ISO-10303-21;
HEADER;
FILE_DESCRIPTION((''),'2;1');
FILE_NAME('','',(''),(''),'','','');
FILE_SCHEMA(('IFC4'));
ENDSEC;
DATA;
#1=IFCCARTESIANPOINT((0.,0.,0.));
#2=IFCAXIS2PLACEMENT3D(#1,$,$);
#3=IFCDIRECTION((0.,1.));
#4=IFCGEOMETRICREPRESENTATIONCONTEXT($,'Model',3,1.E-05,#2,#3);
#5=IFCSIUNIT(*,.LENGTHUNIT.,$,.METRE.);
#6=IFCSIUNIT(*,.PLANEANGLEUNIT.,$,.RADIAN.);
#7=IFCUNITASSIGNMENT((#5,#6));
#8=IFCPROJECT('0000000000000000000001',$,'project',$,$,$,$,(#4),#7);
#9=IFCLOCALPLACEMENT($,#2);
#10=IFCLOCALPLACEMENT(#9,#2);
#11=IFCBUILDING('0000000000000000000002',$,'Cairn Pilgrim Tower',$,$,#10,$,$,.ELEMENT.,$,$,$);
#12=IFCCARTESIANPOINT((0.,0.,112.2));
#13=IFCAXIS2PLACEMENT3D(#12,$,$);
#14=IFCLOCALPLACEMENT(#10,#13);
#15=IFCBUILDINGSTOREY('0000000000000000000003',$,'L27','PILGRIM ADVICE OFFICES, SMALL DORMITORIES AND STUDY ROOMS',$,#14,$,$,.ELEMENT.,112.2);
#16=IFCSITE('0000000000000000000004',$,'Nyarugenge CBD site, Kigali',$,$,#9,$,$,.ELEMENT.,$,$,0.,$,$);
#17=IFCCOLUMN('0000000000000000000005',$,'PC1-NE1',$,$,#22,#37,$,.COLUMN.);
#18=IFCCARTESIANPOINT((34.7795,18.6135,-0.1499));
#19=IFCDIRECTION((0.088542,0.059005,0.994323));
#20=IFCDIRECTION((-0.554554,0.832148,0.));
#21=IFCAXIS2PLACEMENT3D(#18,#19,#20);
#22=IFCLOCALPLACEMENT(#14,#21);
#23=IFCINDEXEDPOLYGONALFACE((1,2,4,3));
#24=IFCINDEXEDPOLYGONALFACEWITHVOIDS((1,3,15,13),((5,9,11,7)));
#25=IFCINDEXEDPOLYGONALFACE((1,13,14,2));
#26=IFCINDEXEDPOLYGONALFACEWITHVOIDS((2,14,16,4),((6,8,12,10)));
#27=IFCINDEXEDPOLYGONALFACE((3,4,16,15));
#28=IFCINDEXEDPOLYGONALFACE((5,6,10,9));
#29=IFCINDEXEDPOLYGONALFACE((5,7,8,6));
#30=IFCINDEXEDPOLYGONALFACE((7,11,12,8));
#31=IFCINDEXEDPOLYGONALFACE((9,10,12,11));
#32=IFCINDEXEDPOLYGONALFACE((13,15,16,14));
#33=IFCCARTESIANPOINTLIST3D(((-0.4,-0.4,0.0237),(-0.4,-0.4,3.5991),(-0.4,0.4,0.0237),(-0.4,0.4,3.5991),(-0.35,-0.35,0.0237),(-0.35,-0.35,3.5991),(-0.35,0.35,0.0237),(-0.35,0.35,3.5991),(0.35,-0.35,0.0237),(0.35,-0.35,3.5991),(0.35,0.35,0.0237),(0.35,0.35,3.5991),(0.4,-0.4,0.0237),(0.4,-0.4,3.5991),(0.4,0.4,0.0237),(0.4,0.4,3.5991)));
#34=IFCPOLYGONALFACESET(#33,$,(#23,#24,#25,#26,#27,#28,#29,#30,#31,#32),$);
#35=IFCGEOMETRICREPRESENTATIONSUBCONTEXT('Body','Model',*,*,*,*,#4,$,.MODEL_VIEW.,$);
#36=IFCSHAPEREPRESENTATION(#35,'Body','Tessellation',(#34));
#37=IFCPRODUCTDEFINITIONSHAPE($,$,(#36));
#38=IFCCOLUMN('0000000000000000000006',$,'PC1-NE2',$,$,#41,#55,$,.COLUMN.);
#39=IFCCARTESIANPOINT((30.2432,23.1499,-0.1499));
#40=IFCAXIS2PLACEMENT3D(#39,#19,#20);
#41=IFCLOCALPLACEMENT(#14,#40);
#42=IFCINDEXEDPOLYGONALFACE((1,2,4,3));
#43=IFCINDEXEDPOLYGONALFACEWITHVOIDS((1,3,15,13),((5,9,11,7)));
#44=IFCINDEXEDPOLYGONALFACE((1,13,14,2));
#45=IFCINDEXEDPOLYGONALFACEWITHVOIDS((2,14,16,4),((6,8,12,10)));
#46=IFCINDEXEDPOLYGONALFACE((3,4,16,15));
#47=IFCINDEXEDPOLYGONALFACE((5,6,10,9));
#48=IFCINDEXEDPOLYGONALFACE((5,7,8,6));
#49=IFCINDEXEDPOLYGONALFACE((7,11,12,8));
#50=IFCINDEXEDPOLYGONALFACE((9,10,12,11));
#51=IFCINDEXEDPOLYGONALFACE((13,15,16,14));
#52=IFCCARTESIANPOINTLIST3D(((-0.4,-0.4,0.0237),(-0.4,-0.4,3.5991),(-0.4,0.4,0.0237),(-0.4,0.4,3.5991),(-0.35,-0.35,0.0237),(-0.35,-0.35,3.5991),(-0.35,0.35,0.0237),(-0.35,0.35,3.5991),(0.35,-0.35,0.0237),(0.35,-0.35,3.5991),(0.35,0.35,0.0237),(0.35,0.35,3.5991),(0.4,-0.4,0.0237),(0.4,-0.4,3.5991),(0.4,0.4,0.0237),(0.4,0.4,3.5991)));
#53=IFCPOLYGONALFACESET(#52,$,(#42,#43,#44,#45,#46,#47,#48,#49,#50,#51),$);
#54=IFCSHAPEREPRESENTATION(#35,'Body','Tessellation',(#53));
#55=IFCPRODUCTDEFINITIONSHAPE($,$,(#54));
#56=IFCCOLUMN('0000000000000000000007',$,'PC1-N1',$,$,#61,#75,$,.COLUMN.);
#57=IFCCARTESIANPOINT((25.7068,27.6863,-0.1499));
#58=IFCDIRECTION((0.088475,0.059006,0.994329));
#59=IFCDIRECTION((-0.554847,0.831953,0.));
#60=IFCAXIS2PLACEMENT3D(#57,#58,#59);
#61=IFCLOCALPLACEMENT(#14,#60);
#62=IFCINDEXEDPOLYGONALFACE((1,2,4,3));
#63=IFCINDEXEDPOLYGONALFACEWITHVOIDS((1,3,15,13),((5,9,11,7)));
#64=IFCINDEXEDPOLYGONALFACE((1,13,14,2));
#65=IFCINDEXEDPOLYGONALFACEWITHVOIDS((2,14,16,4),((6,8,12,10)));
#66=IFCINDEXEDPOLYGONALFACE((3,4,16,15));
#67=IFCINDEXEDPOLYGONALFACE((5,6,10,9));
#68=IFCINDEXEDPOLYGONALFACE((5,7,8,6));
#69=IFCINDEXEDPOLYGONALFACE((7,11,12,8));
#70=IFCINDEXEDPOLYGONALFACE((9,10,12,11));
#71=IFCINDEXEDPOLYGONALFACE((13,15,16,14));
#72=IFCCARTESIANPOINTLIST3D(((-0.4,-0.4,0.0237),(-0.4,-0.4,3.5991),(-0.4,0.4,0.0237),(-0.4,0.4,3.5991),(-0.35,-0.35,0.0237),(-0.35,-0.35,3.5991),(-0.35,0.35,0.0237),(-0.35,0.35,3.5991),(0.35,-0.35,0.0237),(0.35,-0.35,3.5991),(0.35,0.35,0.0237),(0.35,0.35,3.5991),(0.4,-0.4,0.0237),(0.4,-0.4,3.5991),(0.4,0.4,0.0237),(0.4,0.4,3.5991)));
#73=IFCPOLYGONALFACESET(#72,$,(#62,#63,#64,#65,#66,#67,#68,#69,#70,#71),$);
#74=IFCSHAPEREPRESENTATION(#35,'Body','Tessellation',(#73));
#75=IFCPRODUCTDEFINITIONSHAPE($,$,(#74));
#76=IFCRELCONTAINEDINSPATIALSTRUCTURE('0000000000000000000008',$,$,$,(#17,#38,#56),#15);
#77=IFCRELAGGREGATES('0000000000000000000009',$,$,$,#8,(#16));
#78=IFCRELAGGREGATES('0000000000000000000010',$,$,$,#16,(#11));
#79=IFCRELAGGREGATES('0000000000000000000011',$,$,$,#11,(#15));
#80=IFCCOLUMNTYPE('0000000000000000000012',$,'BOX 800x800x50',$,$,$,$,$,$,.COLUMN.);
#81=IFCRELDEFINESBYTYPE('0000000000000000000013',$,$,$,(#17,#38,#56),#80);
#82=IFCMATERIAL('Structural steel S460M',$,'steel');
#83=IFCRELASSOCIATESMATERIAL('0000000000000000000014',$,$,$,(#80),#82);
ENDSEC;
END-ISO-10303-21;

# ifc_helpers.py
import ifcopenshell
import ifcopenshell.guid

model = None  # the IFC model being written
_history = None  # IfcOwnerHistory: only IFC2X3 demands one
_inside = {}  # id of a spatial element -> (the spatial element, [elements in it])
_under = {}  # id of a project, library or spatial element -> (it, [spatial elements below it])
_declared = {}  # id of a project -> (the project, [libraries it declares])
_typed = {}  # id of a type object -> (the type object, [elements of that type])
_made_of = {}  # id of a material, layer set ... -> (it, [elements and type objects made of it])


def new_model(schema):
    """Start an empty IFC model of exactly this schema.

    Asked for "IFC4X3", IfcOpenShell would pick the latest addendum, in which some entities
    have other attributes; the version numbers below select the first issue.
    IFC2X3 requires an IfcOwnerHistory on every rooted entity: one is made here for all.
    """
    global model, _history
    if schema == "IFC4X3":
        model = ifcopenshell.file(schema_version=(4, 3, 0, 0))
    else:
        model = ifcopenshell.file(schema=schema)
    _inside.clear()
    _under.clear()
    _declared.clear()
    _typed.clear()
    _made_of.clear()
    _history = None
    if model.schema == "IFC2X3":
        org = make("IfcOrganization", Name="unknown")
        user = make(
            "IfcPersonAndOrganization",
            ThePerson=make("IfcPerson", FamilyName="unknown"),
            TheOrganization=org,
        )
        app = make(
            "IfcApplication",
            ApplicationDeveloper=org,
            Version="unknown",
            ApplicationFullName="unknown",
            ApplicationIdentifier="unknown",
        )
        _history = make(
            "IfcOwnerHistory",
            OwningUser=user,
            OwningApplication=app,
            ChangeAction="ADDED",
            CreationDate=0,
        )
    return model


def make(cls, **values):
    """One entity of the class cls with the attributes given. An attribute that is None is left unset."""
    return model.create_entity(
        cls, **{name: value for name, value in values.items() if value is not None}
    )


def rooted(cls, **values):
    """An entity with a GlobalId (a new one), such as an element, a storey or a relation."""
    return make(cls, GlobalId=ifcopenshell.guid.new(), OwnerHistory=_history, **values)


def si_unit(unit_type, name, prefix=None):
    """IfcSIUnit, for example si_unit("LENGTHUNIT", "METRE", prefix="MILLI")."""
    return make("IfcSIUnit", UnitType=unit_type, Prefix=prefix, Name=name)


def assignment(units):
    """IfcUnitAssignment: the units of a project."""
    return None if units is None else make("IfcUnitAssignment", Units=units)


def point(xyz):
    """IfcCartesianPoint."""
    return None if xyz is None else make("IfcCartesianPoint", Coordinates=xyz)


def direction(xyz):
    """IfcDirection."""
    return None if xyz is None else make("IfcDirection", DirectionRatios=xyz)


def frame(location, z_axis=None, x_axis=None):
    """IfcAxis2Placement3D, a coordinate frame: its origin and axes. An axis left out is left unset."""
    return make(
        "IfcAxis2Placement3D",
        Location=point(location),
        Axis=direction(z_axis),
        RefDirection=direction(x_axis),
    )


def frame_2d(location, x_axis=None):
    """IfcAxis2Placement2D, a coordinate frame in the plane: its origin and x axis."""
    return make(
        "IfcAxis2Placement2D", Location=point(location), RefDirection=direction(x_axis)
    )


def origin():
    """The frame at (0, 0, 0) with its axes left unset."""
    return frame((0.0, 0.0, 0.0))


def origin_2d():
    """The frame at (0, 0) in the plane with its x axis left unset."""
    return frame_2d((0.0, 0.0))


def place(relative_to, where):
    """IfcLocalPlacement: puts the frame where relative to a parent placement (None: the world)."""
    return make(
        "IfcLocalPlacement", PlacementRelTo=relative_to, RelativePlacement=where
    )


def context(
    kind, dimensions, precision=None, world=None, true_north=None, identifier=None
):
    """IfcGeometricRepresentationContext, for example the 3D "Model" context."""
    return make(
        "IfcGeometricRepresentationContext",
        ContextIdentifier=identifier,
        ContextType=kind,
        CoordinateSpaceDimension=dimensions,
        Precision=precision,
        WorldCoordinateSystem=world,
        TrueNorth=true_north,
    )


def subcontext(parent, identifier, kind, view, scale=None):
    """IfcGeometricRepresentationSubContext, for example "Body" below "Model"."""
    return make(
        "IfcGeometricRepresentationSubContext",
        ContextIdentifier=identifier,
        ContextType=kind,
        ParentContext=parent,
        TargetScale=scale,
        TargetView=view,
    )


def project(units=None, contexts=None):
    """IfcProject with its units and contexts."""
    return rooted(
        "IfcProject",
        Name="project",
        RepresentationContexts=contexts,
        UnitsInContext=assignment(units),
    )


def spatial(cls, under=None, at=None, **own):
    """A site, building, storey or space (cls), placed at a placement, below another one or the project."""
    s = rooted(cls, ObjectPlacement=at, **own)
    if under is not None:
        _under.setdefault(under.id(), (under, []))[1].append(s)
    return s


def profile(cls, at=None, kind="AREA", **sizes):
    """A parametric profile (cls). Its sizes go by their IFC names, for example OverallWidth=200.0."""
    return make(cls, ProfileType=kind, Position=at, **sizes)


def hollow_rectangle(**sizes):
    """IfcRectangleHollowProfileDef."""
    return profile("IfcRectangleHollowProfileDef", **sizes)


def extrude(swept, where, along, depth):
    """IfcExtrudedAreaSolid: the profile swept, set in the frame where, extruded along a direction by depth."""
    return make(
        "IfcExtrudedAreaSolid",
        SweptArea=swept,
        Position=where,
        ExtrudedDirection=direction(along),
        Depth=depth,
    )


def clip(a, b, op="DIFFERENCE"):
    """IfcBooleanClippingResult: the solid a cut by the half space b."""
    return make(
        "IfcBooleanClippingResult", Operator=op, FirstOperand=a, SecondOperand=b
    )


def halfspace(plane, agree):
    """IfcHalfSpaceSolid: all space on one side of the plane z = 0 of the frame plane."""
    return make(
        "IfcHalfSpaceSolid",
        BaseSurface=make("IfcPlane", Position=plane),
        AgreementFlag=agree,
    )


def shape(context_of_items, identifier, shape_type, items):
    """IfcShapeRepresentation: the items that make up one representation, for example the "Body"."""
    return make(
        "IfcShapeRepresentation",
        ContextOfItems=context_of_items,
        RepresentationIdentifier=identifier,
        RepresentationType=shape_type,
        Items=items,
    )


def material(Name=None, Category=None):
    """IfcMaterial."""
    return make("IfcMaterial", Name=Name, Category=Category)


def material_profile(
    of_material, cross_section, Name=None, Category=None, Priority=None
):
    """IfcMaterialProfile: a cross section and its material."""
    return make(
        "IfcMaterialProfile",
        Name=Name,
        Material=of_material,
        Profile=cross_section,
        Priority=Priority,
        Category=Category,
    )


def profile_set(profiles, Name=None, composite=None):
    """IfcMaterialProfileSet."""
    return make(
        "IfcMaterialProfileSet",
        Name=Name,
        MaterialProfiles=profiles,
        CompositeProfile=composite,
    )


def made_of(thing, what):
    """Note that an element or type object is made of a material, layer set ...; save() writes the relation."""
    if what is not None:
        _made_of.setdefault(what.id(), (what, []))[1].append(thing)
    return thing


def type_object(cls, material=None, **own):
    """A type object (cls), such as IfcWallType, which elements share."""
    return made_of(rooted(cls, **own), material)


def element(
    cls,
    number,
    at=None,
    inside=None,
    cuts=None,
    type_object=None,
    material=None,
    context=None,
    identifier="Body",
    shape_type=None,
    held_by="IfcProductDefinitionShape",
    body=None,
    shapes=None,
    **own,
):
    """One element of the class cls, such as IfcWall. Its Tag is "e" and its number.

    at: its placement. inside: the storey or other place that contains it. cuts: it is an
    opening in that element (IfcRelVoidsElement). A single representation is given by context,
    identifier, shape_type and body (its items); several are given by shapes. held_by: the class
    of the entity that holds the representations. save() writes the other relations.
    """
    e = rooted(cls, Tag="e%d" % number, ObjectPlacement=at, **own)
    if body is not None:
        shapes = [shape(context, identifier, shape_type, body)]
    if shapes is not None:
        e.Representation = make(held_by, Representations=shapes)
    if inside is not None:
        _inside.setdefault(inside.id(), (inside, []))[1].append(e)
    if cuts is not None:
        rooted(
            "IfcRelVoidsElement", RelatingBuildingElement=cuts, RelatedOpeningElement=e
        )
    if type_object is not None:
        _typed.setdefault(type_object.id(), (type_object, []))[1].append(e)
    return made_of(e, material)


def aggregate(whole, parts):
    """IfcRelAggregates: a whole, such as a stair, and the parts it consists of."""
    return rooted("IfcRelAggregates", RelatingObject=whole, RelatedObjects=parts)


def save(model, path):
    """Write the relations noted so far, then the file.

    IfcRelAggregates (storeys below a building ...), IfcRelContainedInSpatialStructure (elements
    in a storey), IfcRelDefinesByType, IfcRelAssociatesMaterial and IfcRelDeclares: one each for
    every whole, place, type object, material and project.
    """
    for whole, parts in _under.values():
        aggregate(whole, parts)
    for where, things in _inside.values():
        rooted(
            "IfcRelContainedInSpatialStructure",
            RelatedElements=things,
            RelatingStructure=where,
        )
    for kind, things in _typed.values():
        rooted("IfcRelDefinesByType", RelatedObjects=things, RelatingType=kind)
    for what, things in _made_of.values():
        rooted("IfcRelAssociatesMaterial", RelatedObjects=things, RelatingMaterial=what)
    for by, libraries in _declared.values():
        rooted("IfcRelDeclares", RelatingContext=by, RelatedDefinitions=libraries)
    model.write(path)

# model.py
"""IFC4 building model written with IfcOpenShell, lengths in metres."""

from ifc_helpers import new_model, si_unit, direction, frame, origin, origin_2d, place, context, subcontext, project, spatial, hollow_rectangle, extrude, clip, halfspace, material, material_profile, profile_set, type_object, element, save


model = new_model("IFC4")

# Units and contexts
model_context = context("Model", 3, precision=1e-05, world=origin(), true_north=direction((0.0, 1.0)))
body_context = subcontext(model_context, "Body", "Model", "MODEL_VIEW")
ifc_project = project(units=[si_unit("LENGTHUNIT", "METRE"), si_unit("PLANEANGLEUNIT", "RADIAN")], contexts=[model_context])

# Site, building, storey
site_placement = place(None, origin())
site = spatial("IfcSite", under=ifc_project, at=site_placement, Name="Nyarugenge CBD site, Kigali", CompositionType="ELEMENT", RefElevation=0.0)
building_placement = place(site_placement, origin())
building = spatial("IfcBuilding", under=site, at=building_placement, Name="Cairn Pilgrim Tower", CompositionType="ELEMENT")
storey_placement = place(building_placement, frame((0.0, 0.0, 112.2)))
storey = spatial("IfcBuildingStorey", under=building, at=storey_placement, Name="L27", Description="PILGRIM ADVICE OFFICES, SMALL DORMITORIES AND STUDY ROOMS", CompositionType="ELEMENT", Elevation=112.2)

# Columns
ifc_material_1 = material(Name="Structural steel S460M", Category="steel")
ifc_material_profile_1 = material_profile(ifc_material_1, hollow_rectangle(XDim=0.8, YDim=0.8, WallThickness=0.05, at=origin_2d()), Name="BOX 800x800x50")
ifc_profile_set_1 = profile_set([ifc_material_profile_1], Name="Structural steel S460M")
column_type = type_object("IfcColumnType", Name="BOX 800x800x50", PredefinedType="COLUMN", material=ifc_profile_set_1)
for number, where, z_axis, x_axis, name in (
    (1, (34.7795, 18.6135, -0.1499), (0.088542, 0.059005, 0.994323), (-0.554554, 0.832148, 0.0), "PC1-NE1"),
    (2, (30.2432, 23.1499, -0.1499), (0.088542, 0.059005, 0.994323), (-0.554554, 0.832148, 0.0), "PC1-NE2"),
    (3, (25.7068, 27.6863, -0.1499), (0.088475, 0.059006, 0.994329), (-0.554847, 0.831953, 0.0), "PC1-N1"),
):
    element("IfcColumn", number, at=place(storey_placement, frame(where, z_axis=z_axis, x_axis=x_axis)), inside=storey, type_object=column_type, Name=name, PredefinedType="COLUMN", context=body_context, shape_type="Clipping", body=[
        clip(clip(extrude(hollow_rectangle(XDim=0.8, YDim=0.8, WallThickness=0.05, at=origin_2d()), origin(), (0.0, 0.0, 1.0), 3.6204), halfspace(frame((0.0, 0.0, 0.0237), z_axis=(0.0, 0.0, 1.0), x_axis=(1.0, 0.0, 0.0)), True)), halfspace(frame((0.0, 0.0, 3.5991), z_axis=(0.0, 0.0, 1.0), x_axis=(1.0, 0.0, 0.0)), False)),
    ])

save(model, "model.ifc")
